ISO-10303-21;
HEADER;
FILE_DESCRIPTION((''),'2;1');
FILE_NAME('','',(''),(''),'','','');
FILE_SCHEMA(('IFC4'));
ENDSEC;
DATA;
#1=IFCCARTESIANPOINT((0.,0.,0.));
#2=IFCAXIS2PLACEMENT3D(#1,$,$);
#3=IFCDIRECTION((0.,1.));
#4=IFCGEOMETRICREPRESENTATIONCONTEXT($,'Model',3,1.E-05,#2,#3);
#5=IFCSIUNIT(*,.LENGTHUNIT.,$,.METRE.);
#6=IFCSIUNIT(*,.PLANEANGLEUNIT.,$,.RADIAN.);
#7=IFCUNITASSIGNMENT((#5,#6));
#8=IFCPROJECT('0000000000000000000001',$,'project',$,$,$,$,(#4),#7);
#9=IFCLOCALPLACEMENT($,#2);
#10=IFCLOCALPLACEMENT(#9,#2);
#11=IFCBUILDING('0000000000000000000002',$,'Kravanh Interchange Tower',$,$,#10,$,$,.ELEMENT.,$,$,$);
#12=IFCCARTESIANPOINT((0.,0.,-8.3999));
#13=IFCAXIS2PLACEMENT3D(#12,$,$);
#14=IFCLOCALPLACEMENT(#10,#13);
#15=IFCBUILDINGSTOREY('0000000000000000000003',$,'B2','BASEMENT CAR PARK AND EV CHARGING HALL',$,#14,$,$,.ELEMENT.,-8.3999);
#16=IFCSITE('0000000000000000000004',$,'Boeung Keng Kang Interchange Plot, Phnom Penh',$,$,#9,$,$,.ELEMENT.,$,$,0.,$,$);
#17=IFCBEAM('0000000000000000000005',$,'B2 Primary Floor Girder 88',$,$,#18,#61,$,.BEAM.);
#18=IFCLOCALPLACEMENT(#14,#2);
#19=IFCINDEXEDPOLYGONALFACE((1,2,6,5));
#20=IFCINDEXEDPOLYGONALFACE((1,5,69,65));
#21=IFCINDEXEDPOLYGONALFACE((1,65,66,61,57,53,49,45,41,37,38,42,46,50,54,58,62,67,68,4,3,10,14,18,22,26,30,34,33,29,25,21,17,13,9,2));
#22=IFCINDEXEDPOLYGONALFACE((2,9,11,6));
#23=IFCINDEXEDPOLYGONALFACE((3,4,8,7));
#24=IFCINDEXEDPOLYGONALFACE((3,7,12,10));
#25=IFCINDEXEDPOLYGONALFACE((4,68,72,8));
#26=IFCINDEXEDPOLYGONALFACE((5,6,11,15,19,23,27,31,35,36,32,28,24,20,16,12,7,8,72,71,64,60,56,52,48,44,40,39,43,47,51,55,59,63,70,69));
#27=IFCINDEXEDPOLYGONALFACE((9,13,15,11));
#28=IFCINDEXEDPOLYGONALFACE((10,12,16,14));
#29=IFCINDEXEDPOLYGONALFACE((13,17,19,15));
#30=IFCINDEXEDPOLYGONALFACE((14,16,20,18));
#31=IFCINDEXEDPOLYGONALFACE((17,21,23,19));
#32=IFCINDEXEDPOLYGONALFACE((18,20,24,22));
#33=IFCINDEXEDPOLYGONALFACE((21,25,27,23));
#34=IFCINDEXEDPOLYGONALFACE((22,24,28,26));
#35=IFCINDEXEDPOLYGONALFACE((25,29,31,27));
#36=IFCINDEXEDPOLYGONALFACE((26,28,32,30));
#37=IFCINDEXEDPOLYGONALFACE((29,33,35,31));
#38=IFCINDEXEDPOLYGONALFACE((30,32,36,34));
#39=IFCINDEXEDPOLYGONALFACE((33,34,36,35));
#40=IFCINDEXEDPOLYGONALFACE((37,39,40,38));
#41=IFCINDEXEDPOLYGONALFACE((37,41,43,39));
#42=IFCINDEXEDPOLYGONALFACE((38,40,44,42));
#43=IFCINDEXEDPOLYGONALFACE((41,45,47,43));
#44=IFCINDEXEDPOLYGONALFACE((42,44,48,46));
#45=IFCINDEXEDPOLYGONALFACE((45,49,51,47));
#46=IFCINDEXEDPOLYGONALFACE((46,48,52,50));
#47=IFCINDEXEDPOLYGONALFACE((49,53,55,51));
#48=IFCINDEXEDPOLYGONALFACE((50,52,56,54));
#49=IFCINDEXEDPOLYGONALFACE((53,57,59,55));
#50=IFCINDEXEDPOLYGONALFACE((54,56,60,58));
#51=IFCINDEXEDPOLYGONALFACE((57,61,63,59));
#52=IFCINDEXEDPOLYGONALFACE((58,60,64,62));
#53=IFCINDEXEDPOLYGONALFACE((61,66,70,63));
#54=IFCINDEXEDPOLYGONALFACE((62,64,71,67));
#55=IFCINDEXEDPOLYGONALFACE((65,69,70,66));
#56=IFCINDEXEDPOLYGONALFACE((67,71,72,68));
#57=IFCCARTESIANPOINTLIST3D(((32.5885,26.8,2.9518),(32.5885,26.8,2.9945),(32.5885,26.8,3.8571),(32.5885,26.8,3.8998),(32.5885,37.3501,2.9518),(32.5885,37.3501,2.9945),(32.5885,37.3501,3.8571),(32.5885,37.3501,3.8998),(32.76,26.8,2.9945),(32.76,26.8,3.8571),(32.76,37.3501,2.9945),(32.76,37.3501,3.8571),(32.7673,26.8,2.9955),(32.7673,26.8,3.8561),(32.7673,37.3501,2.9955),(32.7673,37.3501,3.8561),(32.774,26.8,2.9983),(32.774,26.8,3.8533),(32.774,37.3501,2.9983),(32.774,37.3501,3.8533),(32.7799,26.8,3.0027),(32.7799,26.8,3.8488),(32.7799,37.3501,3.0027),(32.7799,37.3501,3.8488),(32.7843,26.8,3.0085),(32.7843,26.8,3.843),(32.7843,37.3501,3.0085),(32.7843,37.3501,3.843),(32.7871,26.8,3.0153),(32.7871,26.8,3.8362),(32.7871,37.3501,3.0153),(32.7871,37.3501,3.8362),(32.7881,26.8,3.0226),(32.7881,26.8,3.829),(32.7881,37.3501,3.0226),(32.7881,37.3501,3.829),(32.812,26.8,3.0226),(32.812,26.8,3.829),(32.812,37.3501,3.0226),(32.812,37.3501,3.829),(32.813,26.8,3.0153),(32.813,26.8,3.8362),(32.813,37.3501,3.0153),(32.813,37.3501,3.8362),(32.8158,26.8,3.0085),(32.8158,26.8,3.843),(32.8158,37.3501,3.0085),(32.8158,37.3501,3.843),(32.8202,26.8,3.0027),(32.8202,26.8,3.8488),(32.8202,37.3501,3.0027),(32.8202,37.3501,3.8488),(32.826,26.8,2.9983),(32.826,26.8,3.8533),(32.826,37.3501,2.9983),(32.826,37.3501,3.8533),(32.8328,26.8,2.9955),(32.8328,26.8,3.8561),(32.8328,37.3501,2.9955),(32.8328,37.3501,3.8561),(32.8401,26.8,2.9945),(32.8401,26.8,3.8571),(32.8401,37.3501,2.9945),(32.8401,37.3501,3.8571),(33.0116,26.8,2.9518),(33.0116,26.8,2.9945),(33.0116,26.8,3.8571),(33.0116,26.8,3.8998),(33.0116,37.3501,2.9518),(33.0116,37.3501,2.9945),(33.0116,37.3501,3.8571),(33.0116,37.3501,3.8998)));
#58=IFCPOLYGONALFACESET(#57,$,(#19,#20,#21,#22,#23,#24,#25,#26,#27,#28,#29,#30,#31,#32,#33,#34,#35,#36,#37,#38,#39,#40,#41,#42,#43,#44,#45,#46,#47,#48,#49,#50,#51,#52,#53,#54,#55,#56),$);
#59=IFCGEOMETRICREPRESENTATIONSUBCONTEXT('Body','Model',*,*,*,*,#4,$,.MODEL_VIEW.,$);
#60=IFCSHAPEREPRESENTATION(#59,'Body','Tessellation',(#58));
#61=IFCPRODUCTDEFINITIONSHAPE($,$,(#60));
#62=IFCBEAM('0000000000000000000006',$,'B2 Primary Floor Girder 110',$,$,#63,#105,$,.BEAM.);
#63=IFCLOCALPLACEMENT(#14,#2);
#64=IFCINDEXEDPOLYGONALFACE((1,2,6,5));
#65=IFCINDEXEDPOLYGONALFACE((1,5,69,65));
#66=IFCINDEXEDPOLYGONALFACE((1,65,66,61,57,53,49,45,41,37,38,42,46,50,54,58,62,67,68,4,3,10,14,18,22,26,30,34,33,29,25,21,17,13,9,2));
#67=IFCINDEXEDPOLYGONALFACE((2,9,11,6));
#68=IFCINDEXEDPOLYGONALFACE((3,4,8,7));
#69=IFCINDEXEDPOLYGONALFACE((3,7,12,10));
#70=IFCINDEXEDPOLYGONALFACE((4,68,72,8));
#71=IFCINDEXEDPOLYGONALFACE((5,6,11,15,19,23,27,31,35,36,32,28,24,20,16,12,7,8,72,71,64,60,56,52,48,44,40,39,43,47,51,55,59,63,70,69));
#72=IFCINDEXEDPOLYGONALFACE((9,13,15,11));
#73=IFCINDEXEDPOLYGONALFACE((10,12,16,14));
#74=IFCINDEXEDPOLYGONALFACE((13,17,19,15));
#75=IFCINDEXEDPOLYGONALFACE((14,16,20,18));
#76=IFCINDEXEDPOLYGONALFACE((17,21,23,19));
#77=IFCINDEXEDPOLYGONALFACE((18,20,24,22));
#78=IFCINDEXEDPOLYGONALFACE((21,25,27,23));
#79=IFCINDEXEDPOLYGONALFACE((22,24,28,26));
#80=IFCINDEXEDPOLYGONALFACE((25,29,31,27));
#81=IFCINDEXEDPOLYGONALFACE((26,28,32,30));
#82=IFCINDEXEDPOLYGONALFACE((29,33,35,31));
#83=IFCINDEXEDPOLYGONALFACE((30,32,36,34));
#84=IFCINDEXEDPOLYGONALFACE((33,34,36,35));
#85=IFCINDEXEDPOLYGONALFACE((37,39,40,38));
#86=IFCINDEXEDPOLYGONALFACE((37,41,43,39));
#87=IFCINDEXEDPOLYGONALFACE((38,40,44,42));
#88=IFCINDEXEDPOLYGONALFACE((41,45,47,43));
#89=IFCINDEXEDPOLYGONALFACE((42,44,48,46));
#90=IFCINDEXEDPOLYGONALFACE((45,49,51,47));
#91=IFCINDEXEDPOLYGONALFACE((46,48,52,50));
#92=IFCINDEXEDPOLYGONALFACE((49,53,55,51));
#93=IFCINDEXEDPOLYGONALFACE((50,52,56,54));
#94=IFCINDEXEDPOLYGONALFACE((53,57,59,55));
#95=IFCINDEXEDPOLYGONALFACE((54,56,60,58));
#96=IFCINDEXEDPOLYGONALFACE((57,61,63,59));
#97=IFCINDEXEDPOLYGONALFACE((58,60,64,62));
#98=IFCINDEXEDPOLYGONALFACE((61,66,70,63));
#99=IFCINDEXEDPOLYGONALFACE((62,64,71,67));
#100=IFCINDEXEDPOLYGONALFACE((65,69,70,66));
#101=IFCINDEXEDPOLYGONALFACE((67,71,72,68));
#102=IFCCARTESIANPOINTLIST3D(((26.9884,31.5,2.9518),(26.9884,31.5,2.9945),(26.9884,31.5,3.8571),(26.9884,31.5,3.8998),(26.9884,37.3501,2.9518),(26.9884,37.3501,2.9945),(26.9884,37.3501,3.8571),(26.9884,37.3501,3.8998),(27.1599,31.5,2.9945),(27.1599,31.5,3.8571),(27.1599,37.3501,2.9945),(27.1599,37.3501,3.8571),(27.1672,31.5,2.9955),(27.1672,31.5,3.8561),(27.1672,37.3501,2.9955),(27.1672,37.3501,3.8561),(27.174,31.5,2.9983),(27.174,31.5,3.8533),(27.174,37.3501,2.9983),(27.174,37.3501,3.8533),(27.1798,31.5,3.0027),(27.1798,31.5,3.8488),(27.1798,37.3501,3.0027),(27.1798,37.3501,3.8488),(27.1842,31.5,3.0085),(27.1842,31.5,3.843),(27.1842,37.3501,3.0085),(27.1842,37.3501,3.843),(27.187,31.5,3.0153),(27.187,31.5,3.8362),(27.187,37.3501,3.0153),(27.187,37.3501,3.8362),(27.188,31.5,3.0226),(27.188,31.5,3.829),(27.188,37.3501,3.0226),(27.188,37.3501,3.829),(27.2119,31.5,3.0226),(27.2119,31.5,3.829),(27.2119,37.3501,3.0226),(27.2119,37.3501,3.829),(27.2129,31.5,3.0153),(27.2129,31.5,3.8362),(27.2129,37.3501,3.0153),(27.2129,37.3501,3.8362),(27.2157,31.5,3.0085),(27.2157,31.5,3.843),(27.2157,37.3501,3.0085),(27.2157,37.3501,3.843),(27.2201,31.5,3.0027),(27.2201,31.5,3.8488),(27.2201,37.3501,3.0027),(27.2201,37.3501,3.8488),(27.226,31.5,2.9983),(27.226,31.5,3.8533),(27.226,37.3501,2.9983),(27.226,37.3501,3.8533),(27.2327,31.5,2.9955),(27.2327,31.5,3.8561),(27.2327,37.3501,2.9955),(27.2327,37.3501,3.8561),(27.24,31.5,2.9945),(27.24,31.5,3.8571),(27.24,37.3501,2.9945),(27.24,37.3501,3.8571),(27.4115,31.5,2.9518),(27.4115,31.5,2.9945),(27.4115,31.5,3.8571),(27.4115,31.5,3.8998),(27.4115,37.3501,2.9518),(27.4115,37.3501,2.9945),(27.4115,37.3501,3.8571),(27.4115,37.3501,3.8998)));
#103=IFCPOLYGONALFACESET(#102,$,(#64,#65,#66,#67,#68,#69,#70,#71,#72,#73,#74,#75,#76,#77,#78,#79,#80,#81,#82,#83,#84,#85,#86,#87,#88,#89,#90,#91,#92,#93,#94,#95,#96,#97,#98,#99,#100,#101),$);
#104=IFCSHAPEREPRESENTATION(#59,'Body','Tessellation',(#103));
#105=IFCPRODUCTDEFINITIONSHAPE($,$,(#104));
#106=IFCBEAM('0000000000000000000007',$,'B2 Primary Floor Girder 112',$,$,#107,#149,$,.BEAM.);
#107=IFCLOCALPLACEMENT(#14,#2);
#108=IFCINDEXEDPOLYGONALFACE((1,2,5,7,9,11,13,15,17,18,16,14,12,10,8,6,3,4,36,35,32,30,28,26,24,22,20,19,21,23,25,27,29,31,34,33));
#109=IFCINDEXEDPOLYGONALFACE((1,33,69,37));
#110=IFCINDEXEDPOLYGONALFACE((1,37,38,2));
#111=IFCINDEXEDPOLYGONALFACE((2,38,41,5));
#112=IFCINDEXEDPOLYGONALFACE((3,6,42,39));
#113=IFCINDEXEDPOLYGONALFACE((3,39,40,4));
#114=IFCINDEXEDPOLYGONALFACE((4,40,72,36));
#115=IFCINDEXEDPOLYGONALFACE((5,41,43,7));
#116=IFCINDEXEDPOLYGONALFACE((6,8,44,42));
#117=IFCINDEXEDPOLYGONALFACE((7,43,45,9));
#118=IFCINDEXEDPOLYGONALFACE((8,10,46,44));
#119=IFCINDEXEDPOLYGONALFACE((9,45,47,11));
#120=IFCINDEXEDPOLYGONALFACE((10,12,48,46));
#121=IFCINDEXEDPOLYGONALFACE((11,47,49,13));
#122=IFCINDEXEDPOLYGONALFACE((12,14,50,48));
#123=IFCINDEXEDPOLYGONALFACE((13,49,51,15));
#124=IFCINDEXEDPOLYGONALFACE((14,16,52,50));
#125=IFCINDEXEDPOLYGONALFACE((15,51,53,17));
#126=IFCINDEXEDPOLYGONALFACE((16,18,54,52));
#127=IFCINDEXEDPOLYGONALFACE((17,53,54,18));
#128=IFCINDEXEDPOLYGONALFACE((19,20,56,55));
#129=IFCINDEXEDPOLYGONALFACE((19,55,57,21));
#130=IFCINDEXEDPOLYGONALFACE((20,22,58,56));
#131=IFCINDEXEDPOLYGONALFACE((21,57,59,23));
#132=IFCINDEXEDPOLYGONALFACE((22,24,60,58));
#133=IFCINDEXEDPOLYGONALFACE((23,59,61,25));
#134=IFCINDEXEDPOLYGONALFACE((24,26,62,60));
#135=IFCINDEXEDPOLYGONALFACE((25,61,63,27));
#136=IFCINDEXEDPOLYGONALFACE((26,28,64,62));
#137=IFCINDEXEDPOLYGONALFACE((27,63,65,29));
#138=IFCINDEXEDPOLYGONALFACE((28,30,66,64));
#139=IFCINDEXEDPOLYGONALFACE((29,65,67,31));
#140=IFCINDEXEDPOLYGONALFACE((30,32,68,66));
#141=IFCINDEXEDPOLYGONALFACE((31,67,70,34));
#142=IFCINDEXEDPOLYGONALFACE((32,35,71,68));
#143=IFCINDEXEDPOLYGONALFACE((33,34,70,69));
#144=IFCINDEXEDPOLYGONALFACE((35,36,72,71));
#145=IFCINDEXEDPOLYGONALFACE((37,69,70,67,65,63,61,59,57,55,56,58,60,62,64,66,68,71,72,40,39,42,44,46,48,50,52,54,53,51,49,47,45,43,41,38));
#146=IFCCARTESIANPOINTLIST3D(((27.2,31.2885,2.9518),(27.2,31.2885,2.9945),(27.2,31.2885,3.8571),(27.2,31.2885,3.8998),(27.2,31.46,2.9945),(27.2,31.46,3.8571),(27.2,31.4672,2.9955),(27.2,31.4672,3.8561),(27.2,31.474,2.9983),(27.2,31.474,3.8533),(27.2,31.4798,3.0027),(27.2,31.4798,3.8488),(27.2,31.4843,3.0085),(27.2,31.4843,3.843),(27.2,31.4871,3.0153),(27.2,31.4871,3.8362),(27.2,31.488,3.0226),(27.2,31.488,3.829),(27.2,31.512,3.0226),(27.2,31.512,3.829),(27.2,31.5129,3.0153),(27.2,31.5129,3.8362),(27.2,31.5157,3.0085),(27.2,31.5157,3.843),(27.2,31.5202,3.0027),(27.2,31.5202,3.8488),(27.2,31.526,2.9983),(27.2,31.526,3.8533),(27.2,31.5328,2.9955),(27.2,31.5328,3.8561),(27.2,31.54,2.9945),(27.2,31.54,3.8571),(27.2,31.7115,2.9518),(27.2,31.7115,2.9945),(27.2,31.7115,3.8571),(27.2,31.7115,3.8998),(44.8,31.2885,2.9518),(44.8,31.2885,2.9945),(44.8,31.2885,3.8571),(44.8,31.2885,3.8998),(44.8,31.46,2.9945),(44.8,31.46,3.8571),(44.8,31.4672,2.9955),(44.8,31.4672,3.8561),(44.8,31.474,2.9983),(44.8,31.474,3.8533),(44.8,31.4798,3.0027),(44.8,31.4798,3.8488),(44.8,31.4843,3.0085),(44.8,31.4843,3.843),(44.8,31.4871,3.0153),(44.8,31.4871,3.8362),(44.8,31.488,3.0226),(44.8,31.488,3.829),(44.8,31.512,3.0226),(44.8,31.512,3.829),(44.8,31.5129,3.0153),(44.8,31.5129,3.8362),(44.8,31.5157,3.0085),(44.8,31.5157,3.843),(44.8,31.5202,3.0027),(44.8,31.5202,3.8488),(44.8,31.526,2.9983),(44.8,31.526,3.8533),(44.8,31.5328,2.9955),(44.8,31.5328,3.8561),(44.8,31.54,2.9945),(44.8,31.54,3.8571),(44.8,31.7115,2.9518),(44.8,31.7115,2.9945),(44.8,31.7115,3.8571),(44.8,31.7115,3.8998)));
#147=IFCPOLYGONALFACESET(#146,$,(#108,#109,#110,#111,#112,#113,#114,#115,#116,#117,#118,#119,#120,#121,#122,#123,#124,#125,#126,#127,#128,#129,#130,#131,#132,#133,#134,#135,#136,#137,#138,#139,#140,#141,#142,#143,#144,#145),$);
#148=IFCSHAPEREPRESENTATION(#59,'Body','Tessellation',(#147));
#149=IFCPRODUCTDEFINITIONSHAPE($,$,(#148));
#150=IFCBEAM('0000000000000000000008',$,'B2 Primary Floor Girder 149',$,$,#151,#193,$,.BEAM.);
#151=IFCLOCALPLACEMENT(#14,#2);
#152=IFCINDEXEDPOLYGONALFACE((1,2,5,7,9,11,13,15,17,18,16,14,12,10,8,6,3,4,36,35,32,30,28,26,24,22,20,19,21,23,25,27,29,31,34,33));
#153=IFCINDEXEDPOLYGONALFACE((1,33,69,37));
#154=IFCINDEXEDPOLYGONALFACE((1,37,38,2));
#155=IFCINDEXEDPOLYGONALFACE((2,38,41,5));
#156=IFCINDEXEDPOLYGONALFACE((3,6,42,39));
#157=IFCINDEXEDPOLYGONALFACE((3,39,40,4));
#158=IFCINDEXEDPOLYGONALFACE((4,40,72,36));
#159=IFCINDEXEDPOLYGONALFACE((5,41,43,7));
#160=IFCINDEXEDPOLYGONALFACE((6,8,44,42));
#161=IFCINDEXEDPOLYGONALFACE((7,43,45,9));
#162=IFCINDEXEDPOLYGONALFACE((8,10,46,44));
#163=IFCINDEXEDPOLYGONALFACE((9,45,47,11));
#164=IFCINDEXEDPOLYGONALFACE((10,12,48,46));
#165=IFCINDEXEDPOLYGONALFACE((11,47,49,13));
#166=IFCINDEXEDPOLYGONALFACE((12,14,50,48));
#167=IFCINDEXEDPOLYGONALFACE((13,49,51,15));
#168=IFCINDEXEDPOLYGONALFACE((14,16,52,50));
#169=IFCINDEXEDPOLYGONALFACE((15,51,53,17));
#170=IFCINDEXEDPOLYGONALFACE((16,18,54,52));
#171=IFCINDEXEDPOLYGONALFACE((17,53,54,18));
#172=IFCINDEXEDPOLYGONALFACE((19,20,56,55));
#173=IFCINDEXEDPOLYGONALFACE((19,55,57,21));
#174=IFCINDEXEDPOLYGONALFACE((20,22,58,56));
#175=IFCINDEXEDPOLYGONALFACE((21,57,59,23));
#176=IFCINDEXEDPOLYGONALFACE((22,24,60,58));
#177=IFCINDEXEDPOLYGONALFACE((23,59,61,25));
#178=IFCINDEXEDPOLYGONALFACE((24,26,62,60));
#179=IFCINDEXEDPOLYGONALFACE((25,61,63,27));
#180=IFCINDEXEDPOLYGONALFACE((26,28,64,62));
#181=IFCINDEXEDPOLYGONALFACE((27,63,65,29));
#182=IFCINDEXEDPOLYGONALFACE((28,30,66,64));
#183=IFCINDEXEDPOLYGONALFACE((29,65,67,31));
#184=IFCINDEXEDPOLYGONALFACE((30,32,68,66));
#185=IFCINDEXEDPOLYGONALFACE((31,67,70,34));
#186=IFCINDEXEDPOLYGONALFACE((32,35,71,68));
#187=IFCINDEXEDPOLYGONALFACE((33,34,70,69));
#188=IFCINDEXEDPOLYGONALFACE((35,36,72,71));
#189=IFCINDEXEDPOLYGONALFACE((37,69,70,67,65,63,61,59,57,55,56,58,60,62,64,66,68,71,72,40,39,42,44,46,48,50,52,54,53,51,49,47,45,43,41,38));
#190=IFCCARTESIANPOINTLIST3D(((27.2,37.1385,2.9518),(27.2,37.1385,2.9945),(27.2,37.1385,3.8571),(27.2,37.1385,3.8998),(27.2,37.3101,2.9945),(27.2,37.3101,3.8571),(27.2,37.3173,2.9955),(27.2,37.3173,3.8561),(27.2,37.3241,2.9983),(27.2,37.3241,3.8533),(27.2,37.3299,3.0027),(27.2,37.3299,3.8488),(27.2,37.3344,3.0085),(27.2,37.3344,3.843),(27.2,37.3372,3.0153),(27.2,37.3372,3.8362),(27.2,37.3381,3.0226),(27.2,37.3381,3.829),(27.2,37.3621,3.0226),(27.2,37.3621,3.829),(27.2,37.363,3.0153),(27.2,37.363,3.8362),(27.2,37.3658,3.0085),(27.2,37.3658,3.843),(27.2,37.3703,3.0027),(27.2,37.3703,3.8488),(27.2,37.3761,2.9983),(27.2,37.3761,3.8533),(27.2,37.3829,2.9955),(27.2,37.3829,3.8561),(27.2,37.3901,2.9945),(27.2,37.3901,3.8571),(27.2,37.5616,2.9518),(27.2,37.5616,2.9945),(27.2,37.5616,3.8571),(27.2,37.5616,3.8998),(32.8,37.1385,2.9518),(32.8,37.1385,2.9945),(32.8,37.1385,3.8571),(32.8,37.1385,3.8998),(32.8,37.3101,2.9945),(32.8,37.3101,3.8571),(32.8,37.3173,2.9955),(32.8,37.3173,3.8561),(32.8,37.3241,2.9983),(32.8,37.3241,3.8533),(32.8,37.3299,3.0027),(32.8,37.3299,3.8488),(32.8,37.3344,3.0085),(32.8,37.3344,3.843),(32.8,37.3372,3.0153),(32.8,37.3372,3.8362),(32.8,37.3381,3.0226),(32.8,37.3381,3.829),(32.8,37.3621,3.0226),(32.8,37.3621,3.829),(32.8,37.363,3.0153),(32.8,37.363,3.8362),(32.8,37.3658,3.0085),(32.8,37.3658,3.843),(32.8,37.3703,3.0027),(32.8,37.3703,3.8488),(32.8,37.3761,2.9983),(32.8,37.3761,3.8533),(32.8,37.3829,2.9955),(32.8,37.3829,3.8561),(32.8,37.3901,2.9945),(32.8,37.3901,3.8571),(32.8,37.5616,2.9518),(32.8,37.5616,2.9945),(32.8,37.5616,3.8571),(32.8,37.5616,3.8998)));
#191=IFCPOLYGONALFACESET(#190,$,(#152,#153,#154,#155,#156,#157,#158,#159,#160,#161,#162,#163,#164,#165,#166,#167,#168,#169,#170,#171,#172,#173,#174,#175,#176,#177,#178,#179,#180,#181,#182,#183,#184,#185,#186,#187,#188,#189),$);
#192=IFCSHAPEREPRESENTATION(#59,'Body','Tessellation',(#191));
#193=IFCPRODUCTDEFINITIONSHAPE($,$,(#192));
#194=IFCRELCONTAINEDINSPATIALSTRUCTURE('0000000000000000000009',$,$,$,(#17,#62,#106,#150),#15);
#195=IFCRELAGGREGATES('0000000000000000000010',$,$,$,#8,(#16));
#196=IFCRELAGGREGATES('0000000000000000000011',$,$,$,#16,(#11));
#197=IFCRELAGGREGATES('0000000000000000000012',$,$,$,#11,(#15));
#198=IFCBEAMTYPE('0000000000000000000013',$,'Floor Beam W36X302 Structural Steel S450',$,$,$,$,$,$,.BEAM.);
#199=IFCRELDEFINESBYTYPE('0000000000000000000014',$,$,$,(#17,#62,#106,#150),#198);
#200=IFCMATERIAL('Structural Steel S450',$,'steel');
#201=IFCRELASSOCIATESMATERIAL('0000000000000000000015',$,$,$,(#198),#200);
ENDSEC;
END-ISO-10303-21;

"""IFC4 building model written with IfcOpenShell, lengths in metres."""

from ifc_helpers import new_model, si_unit, direction, frame, origin, origin_2d, place, context, subcontext, project, spatial, i_section, extrude, material, material_profile, profile_set, type_object, element, save


model = new_model("IFC4")

# Units and contexts
model_context = context("Model", 3, precision=1e-05, world=origin(), true_north=direction((0.0, 1.0)))
body_context = subcontext(model_context, "Body", "Model", "MODEL_VIEW")
ifc_project = project(units=[si_unit("LENGTHUNIT", "METRE"), si_unit("PLANEANGLEUNIT", "RADIAN")], contexts=[model_context])

# Site, building, storey
site_placement = place(None, origin())
site = spatial("IfcSite", under=ifc_project, at=site_placement, Name="Boeung Keng Kang Interchange Plot, Phnom Penh", CompositionType="ELEMENT", RefElevation=0.0)
building_placement = place(site_placement, origin())
building = spatial("IfcBuilding", under=site, at=building_placement, Name="Kravanh Interchange Tower", CompositionType="ELEMENT")
storey_placement = place(building_placement, frame((0.0, 0.0, -8.3999)))
storey = spatial("IfcBuildingStorey", under=building, at=storey_placement, Name="B2", Description="BASEMENT CAR PARK AND EV CHARGING HALL", CompositionType="ELEMENT", Elevation=-8.3999)

# Beams
ifc_material_1 = material(Name="Structural Steel S450", Category="steel")
ifc_material_profile_1 = material_profile(ifc_material_1, i_section(OverallWidth=0.4231, OverallDepth=0.948, WebThickness=0.0239, FlangeThickness=0.0427, FilletRadius=0.0281, at=origin_2d()), Name="W36X302")
ifc_profile_set_1 = profile_set([ifc_material_profile_1], Name="Structural Steel S450")
beam_type_1 = type_object("IfcBeamType", Name="Floor Beam W36X302 Structural Steel S450", PredefinedType="BEAM", material=ifc_profile_set_1)
beam_1_placement = place(storey_placement, frame((32.8, 26.8, 3.4258), z_axis=(0.0, 1.0, 0.0), x_axis=(-1.0, 0.0, 0.0)))
element("IfcBeam", 1, at=beam_1_placement, inside=storey, type_object=beam_type_1, Name="B2 Primary Floor Girder 88", PredefinedType="BEAM", context=body_context, shape_type="SweptSolid", body=[
    extrude(i_section(OverallWidth=0.4231, OverallDepth=0.948, WebThickness=0.0239, FlangeThickness=0.0427, FilletRadius=0.0281, at=origin_2d()), origin(), (0.0, 0.0, 1.0), 10.55),
])
beam_2_placement = place(storey_placement, frame((27.2, 31.5, 3.4258), z_axis=(0.0, 1.0, 0.0), x_axis=(-1.0, 0.0, 0.0)))
element("IfcBeam", 2, at=beam_2_placement, inside=storey, type_object=beam_type_1, Name="B2 Primary Floor Girder 110", PredefinedType="BEAM", context=body_context, shape_type="SweptSolid", body=[
    extrude(i_section(OverallWidth=0.4231, OverallDepth=0.948, WebThickness=0.0239, FlangeThickness=0.0427, FilletRadius=0.0281, at=origin_2d()), origin(), (0.0, 0.0, 1.0), 5.8501),
])
beam_3_placement = place(storey_placement, frame((27.2, 31.5, 3.4258), z_axis=(1.0, 0.0, 0.0), x_axis=(0.0, 1.0, 0.0)))
element("IfcBeam", 3, at=beam_3_placement, inside=storey, type_object=beam_type_1, Name="B2 Primary Floor Girder 112", PredefinedType="BEAM", context=body_context, shape_type="SweptSolid", body=[
    extrude(i_section(OverallWidth=0.4231, OverallDepth=0.948, WebThickness=0.0239, FlangeThickness=0.0427, FilletRadius=0.0281, at=origin_2d()), origin(), (0.0, 0.0, 1.0), 17.6001),
])
beam_4_placement = place(storey_placement, frame((32.8, 37.3501, 3.4258), z_axis=(-1.0, 0.0, 0.0), x_axis=(0.0, -1.0, 0.0)))
element("IfcBeam", 4, at=beam_4_placement, inside=storey, type_object=beam_type_1, Name="B2 Primary Floor Girder 149", PredefinedType="BEAM", context=body_context, shape_type="SweptSolid", body=[
    extrude(i_section(OverallWidth=0.4231, OverallDepth=0.948, WebThickness=0.0239, FlangeThickness=0.0427, FilletRadius=0.0281, at=origin_2d()), origin(), (0.0, 0.0, 1.0), 5.6001),
])

save(model, "model.ifc")
